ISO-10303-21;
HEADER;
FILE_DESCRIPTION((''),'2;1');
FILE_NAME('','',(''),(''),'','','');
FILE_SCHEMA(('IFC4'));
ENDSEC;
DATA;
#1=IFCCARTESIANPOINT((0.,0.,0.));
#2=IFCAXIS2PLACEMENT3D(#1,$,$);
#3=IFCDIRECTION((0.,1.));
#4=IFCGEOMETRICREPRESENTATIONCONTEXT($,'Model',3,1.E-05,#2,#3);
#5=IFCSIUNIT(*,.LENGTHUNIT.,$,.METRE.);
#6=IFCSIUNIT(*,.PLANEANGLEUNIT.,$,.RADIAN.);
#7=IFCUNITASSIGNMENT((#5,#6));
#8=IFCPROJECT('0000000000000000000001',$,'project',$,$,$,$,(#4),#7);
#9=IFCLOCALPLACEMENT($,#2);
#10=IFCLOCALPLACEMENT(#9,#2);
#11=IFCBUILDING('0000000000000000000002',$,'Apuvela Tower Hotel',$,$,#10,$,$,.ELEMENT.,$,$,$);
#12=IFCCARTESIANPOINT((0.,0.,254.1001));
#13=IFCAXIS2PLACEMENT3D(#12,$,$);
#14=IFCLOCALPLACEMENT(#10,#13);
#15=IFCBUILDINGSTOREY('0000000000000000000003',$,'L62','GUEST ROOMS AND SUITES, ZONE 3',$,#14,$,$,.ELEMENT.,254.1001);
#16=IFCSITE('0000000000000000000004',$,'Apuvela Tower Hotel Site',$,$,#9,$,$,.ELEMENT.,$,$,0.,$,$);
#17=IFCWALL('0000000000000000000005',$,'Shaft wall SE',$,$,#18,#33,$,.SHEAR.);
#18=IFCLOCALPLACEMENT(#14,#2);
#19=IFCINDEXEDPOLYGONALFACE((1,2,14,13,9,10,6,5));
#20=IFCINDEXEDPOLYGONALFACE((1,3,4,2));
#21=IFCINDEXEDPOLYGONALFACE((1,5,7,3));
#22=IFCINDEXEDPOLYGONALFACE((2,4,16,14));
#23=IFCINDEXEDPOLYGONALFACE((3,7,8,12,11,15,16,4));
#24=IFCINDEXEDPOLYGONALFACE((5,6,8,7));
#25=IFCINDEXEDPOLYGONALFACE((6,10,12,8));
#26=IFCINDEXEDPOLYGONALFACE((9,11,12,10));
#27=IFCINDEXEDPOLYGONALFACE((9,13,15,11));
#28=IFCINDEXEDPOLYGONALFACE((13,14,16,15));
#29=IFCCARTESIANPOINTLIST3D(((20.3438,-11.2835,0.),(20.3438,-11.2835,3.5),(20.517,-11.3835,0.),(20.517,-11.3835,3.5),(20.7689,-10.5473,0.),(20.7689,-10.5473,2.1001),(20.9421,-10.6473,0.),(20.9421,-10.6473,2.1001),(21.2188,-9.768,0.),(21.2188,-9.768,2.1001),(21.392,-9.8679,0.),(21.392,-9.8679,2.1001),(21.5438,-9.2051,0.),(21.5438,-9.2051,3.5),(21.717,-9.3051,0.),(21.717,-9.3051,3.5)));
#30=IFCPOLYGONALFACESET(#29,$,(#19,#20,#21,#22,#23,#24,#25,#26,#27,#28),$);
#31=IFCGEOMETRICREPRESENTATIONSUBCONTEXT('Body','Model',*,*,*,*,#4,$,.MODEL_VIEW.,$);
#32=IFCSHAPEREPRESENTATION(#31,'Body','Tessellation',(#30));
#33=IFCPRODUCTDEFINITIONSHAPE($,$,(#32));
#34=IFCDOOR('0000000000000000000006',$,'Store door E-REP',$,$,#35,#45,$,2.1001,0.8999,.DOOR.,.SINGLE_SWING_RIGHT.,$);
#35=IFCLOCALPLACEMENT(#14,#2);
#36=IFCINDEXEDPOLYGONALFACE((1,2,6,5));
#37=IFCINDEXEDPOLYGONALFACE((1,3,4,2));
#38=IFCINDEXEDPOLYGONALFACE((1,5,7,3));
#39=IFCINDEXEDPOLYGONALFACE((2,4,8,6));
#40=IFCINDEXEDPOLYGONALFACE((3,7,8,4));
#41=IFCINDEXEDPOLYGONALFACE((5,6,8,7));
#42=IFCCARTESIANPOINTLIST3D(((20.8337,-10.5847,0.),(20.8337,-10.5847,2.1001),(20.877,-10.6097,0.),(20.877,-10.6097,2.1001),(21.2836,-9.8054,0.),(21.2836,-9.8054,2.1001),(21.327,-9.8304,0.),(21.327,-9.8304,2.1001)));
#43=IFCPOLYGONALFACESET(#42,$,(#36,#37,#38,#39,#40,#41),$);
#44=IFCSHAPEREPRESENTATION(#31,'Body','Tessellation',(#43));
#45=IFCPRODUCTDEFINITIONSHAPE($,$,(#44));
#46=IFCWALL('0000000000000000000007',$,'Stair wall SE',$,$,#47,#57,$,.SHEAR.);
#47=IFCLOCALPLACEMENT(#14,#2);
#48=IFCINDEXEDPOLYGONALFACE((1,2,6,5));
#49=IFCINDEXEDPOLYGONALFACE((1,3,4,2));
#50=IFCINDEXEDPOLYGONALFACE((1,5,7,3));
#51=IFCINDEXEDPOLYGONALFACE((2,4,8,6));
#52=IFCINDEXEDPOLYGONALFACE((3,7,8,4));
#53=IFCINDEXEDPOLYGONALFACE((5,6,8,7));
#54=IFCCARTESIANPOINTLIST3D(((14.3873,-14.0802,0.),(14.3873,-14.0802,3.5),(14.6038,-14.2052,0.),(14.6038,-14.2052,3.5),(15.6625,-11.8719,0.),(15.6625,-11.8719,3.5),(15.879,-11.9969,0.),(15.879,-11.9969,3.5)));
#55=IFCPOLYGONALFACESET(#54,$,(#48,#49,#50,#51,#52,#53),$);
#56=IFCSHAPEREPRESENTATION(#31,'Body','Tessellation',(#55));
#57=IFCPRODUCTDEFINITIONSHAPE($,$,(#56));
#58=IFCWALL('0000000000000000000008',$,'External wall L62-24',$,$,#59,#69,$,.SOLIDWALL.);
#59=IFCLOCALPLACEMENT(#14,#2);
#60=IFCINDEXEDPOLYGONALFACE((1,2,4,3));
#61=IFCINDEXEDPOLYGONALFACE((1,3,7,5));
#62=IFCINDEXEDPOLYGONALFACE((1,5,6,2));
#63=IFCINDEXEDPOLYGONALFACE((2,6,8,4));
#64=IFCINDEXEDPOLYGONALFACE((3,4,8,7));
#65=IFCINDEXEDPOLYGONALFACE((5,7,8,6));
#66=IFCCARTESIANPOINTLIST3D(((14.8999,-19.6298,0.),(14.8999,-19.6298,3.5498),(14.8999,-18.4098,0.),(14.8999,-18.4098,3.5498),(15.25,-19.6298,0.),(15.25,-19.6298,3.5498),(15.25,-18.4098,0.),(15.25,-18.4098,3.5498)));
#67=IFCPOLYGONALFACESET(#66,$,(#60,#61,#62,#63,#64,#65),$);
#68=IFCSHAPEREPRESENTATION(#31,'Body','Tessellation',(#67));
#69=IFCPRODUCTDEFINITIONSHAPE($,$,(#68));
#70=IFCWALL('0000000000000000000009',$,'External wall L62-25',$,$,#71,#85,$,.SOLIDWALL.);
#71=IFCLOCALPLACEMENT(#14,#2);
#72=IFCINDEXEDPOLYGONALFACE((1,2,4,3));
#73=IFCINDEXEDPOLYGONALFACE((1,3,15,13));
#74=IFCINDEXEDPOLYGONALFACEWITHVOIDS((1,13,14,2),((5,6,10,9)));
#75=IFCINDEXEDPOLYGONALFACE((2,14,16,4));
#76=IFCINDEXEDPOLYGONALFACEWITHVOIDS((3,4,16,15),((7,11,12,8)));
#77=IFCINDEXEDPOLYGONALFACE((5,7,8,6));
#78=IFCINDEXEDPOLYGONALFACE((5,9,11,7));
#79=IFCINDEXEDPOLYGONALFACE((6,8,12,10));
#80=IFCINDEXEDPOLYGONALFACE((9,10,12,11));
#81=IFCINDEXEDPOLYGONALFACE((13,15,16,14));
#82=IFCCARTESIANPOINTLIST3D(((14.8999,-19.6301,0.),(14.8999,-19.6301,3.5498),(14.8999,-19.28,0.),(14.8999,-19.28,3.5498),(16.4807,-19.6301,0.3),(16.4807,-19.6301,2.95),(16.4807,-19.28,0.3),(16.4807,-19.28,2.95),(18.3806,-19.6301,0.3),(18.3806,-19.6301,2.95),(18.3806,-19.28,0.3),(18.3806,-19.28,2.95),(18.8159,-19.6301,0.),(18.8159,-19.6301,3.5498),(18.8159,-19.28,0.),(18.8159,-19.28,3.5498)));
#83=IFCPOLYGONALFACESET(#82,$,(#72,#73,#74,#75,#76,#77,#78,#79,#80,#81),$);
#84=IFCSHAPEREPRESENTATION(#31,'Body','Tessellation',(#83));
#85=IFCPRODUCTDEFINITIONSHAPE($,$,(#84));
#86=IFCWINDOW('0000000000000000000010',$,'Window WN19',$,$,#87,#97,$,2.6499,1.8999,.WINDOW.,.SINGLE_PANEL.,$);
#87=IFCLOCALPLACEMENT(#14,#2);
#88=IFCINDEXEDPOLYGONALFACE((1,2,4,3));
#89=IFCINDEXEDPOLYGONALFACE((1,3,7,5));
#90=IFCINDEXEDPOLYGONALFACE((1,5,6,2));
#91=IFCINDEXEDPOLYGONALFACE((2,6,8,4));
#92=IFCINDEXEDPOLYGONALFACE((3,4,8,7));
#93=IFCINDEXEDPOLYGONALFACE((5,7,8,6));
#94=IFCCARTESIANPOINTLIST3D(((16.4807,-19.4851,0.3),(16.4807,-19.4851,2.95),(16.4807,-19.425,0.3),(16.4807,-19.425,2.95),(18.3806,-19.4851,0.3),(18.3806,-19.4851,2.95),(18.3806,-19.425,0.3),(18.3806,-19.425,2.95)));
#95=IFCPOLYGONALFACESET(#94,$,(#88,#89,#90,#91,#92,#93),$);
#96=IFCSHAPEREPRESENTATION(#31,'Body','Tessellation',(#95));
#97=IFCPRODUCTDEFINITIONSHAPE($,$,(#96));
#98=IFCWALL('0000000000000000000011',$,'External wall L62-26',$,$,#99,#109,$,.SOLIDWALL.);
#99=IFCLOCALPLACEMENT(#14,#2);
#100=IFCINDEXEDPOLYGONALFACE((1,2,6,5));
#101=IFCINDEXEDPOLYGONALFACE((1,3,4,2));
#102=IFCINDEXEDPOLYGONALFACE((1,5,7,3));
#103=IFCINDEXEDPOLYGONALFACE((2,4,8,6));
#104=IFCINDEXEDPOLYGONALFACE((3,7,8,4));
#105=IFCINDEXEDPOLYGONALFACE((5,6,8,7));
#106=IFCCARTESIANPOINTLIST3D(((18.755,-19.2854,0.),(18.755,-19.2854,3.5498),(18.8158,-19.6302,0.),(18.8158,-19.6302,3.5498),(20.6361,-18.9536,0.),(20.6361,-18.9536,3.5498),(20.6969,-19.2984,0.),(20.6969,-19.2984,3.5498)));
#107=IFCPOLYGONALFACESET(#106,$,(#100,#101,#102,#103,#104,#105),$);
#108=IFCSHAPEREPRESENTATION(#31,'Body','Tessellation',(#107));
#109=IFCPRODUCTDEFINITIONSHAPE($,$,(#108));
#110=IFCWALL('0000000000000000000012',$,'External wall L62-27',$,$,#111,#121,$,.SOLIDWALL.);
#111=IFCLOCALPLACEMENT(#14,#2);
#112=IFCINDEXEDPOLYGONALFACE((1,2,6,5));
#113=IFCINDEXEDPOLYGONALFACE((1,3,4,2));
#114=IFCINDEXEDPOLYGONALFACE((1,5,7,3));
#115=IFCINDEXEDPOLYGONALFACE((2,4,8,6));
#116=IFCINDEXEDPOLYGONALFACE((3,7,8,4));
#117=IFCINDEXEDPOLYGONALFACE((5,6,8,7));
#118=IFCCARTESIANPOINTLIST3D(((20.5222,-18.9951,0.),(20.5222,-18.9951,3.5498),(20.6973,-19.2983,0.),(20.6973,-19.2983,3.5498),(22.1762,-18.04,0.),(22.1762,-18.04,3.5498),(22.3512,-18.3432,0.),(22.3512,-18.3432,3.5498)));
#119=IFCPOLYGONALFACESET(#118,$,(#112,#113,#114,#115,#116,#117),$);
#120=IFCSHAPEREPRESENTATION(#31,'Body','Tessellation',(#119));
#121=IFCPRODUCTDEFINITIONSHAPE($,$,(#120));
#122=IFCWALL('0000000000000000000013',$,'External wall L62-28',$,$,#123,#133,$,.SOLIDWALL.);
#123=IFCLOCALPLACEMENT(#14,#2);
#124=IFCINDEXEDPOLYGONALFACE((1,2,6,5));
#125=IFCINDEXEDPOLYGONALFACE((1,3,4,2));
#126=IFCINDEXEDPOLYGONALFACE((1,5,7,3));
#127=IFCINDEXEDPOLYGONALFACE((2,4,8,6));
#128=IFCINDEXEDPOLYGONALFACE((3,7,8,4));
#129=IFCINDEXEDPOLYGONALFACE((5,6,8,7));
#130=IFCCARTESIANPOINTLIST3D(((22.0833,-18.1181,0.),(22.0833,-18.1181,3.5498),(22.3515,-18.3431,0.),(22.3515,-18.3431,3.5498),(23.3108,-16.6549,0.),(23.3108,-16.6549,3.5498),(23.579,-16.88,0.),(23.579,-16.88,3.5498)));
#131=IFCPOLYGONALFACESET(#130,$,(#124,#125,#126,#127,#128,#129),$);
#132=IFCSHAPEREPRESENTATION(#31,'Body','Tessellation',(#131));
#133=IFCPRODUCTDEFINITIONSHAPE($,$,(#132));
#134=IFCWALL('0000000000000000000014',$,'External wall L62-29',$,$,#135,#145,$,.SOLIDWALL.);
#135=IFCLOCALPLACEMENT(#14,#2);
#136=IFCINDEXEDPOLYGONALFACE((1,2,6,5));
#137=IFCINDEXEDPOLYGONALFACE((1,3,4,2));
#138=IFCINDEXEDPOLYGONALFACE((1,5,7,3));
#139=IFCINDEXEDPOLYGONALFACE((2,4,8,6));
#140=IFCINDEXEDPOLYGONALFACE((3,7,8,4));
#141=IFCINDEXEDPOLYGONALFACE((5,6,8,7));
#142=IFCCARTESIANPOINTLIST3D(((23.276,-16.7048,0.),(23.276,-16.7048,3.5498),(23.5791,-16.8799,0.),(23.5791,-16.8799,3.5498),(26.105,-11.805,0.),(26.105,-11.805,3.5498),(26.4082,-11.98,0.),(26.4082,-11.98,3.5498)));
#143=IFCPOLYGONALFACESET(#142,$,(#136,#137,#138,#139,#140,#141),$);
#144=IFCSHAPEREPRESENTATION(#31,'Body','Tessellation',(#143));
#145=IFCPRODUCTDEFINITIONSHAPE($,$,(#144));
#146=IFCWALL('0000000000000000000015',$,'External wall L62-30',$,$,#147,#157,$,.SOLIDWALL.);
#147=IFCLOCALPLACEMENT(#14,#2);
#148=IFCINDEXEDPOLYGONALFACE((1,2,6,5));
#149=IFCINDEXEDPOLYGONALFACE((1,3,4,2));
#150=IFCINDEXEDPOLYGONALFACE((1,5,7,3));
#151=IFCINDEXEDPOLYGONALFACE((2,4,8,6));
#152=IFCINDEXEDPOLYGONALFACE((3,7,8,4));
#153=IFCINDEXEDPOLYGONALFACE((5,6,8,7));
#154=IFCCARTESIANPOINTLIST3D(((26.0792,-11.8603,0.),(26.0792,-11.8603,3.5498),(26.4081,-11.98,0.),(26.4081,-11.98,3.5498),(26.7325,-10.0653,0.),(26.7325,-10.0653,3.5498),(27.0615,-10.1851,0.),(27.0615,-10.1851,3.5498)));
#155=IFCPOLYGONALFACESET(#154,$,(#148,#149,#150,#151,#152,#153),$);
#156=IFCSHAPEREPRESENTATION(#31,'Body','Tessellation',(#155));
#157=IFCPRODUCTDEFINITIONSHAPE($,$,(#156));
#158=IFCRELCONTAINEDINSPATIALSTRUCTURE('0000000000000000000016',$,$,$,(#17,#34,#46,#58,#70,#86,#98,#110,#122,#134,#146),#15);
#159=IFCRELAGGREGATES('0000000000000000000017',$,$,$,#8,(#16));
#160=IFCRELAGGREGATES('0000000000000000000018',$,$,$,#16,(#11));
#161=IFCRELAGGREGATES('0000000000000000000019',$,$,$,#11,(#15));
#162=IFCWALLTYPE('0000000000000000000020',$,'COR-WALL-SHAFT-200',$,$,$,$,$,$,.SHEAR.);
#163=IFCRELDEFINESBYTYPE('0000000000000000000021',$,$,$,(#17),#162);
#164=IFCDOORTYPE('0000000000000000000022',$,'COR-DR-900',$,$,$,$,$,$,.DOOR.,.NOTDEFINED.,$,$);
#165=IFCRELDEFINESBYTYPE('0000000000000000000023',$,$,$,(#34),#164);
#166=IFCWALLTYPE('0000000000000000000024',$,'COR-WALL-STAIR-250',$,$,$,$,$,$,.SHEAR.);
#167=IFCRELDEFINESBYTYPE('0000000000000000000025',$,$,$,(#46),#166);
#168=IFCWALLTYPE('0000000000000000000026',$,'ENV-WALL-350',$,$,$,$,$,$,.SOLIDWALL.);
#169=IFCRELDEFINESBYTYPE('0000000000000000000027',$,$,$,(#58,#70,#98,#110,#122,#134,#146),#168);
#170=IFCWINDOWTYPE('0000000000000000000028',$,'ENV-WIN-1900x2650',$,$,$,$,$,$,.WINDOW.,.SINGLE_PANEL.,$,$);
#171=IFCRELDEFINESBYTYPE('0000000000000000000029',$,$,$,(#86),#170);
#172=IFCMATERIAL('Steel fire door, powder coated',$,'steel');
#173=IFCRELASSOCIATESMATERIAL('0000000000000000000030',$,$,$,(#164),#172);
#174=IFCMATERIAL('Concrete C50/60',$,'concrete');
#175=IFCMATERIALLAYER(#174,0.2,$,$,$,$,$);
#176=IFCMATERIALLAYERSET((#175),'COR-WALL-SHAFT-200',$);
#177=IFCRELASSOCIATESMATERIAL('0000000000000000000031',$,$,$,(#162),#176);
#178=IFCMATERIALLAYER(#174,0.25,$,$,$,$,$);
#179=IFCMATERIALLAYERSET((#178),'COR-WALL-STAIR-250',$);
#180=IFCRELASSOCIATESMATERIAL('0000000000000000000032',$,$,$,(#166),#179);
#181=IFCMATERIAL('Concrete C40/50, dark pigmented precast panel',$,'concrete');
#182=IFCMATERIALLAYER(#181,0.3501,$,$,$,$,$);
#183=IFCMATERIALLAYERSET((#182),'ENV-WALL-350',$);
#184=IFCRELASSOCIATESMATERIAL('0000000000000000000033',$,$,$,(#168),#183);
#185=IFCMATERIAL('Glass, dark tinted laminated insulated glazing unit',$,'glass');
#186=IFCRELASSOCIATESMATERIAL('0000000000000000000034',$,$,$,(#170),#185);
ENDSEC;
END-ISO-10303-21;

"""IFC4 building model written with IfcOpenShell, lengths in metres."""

from ifc_helpers import new_model, si_unit, direction, frame, frame_2d, origin, place, context, subcontext, project, spatial, rectangle, extrude, material, layer, layer_set, type_object, element, fill, save


model = new_model("IFC4")

# Units and contexts
model_context = context("Model", 3, precision=1e-05, world=origin(), true_north=direction((0.0, 1.0)))
body_context = subcontext(model_context, "Body", "Model", "MODEL_VIEW")
ifc_project = project(units=[si_unit("LENGTHUNIT", "METRE"), si_unit("PLANEANGLEUNIT", "RADIAN")], contexts=[model_context])

# Site, building, storey
site_placement = place(None, origin())
site = spatial("IfcSite", under=ifc_project, at=site_placement, Name="Apuvela Tower Hotel Site", CompositionType="ELEMENT", RefElevation=0.0)
building_placement = place(site_placement, origin())
building = spatial("IfcBuilding", under=site, at=building_placement, Name="Apuvela Tower Hotel", CompositionType="ELEMENT")
storey_placement = place(building_placement, frame((0.0, 0.0, 254.1001)))
storey = spatial("IfcBuildingStorey", under=building, at=storey_placement, Name="L62", Description="GUEST ROOMS AND SUITES, ZONE 3", CompositionType="ELEMENT", Elevation=254.1001)

# Shared definitions
ifc_material_1 = material(Name="Steel fire door, powder coated", Category="steel")
door_type_1 = type_object("IfcDoorType", Name="COR-DR-900", OperationType="NOTDEFINED", PredefinedType="DOOR", material=ifc_material_1)

# Shared definitions
ifc_material_2 = material(Name="Concrete C50/60", Category="concrete")
ifc_layer_1 = layer(ifc_material_2, 0.2)
ifc_layer_set_1 = layer_set([ifc_layer_1], Name="COR-WALL-SHAFT-200")
wall_type_1 = type_object("IfcWallType", Name="COR-WALL-SHAFT-200", PredefinedType="SHEAR", material=ifc_layer_set_1)

# Wall, opening, door
wall_1_placement = place(storey_placement, frame((20.4304, -11.3335, 0.0), z_axis=(0.0, 0.0, 1.0), x_axis=(0.500001, 0.866025, 0.0)))
wall_1 = element("IfcWall", 1, at=wall_1_placement, inside=storey, type_object=wall_type_1, Name="Shaft wall SE", PredefinedType="SHEAR", context=body_context, shape_type="SweptSolid", body=[
    extrude(rectangle(XDim=2.3999, YDim=0.2, at=frame_2d((1.2, 0.0))), origin(), (0.0, 0.0, 1.0), 3.5),
])
opening_1_placement = place(wall_1_placement, frame((0.8501, 0.0, 0.0)))
opening_1 = element("IfcOpeningElement", 2, at=opening_1_placement, cuts=wall_1, PredefinedType="OPENING", context=body_context, shape_type="SweptSolid", body=[
    extrude(rectangle(XDim=0.8999, YDim=2.1001, at=frame_2d((0.45, 1.05))), frame((0.0, 0.1099, 0.0), z_axis=(0.0, -1.0, 0.0), x_axis=(1.0, 0.0, 0.0)), (0.0, 0.0, 1.0), 0.22),
])
door_1_placement = place(opening_1_placement, frame((0.8999, 0.0, 0.0), z_axis=(0.0, 0.0, 1.0), x_axis=(-1.0, 0.0, 0.0)))
door_1 = element("IfcDoor", 3, at=door_1_placement, inside=storey, type_object=door_type_1, Name="Store door E-REP", OperationType="SINGLE_SWING_RIGHT", OverallHeight=2.1001, OverallWidth=0.8999, PredefinedType="DOOR", context=body_context, shape_type="SweptSolid", body=[
    extrude(rectangle(XDim=0.8999, YDim=2.1001, at=frame_2d((0.45, 1.05))), frame((0.0, 0.0249, 0.0), z_axis=(0.0, -1.0, 0.0), x_axis=(1.0, 0.0, 0.0)), (0.0, 0.0, 1.0), 0.05),
])
fill(opening_1, door_1)

# Walls
ifc_layer_2 = layer(ifc_material_2, 0.25)
ifc_layer_set_2 = layer_set([ifc_layer_2], Name="COR-WALL-STAIR-250")
wall_type_2 = type_object("IfcWallType", Name="COR-WALL-STAIR-250", PredefinedType="SHEAR", material=ifc_layer_set_2)
wall_2_placement = place(storey_placement, frame((14.4956, -14.1426, 0.0), z_axis=(0.0, 0.0, 1.0), x_axis=(0.500062, 0.865989, 0.0)))
element("IfcWall", 4, at=wall_2_placement, inside=storey, type_object=wall_type_2, Name="Stair wall SE", PredefinedType="SHEAR", context=body_context, shape_type="SweptSolid", body=[
    extrude(rectangle(XDim=2.55, YDim=0.25, at=frame_2d((1.2749, 0.0))), origin(), (0.0, 0.0, 1.0), 3.5),
])
ifc_material_3 = material(Name="Concrete C40/50, dark pigmented precast panel", Category="concrete")
ifc_layer_3 = layer(ifc_material_3, 0.3501)
ifc_layer_set_3 = layer_set([ifc_layer_3], Name="ENV-WALL-350")
wall_type_3 = type_object("IfcWallType", Name="ENV-WALL-350", PredefinedType="SOLIDWALL", material=ifc_layer_set_3)
wall_3_placement = place(storey_placement, frame((15.075, -18.4099, 0.0), z_axis=(0.0, 0.0, 1.0), x_axis=(0.0, -1.0, 0.0)))
element("IfcWall", 5, at=wall_3_placement, inside=storey, type_object=wall_type_3, Name="External wall L62-24", PredefinedType="SOLIDWALL", context=body_context, shape_type="SweptSolid", body=[
    extrude(rectangle(XDim=1.22, YDim=0.3501, at=frame_2d((0.6099, 0.0))), origin(), (0.0, 0.0, 1.0), 3.5498),
])

# Wall, opening, window
wall_4_placement = place(storey_placement, frame((14.8999, -19.4551, 0.0), z_axis=(0.0, 0.0, 1.0), x_axis=(1.0, 0.0, 0.0)))
wall_4 = element("IfcWall", 6, at=wall_4_placement, inside=storey, type_object=wall_type_3, Name="External wall L62-25", PredefinedType="SOLIDWALL", context=body_context, shape_type="SweptSolid", body=[
    extrude(rectangle(XDim=3.916, YDim=0.3501, at=frame_2d((1.958, 0.0))), origin(), (0.0, 0.0, 1.0), 3.5498),
])
opening_2_placement = place(wall_4_placement, frame((1.5808, 0.0, 0.3)))
opening_2 = element("IfcOpeningElement", 7, at=opening_2_placement, cuts=wall_4, PredefinedType="OPENING", context=body_context, shape_type="SweptSolid", body=[
    extrude(rectangle(XDim=1.8999, YDim=2.6499, at=frame_2d((0.95, 1.325))), frame((0.0, 0.1851, 0.0), z_axis=(0.0, -1.0, 0.0), x_axis=(1.0, 0.0, 0.0)), (0.0, 0.0, 1.0), 0.3701),
])
ifc_material_4 = material(Name="Glass, dark tinted laminated insulated glazing unit", Category="glass")
window_type = type_object("IfcWindowType", Name="ENV-WIN-1900x2650", PartitioningType="SINGLE_PANEL", PredefinedType="WINDOW", material=ifc_material_4)
window_placement = place(opening_2_placement, origin())
window = element("IfcWindow", 8, at=window_placement, inside=storey, type_object=window_type, Name="Window WN19", OverallHeight=2.6499, OverallWidth=1.8999, PartitioningType="SINGLE_PANEL", PredefinedType="WINDOW", context=body_context, shape_type="SweptSolid", body=[
    extrude(rectangle(XDim=1.8999, YDim=2.6499, at=frame_2d((0.95, 1.325))), frame((0.0, 0.03, 0.0), z_axis=(0.0, -1.0, 0.0), x_axis=(1.0, 0.0, 0.0)), (0.0, 0.0, 1.0), 0.0601),
])
fill(opening_2, window)

# Walls
wall_5_placement = place(storey_placement, frame((18.7854, -19.4578, 0.0), z_axis=(0.0, 0.0, 1.0), x_axis=(0.984799, 0.173698, 0.0)))
element("IfcWall", 9, at=wall_5_placement, inside=storey, type_object=wall_type_3, Name="External wall L62-26", PredefinedType="SOLIDWALL", context=body_context, shape_type="SweptSolid", body=[
    extrude(rectangle(XDim=1.9102, YDim=0.3501, at=frame_2d((0.9551, 0.0))), origin(), (0.0, 0.0, 1.0), 3.5498),
])
for number, where, z_axis, x_axis, name in (
    (10, (20.6096, -19.1467, 0.0), (0.0, 0.0, 1.0), (0.866, 0.500043, 0.0), "External wall L62-27"),
    (11, (22.2173, -18.2307, 0.0), (0.0, 0.0, 1.0), (0.642733, 0.76609, 0.0), "External wall L62-28"),
):
    element("IfcWall", number, at=place(storey_placement, frame(where, z_axis=z_axis, x_axis=x_axis)), inside=storey, type_object=wall_type_3, Name=name, PredefinedType="SOLIDWALL", context=body_context, shape_type="SweptSolid", body=[
        extrude(rectangle(XDim=1.9099, YDim=0.3501, at=frame_2d((0.9551, 0.0))), origin(), (0.0, 0.0, 1.0), 3.5498),
    ])
wall_6_placement = place(storey_placement, frame((23.4275, -16.7925, 0.0), z_axis=(0.0, 0.0, 1.0), x_axis=(0.500019, 0.866015, 0.0)))
element("IfcWall", 12, at=wall_6_placement, inside=storey, type_object=wall_type_3, Name="External wall L62-29", PredefinedType="SOLIDWALL", context=body_context, shape_type="SweptSolid", body=[
    extrude(rectangle(XDim=5.658, YDim=0.3501, at=frame_2d((2.8291, 0.0))), origin(), (0.0, 0.0, 1.0), 3.5498),
])
wall_7_placement = place(storey_placement, frame((26.2437, -11.9202, 0.0), z_axis=(0.0, 0.0, 1.0), x_axis=(0.34203, 0.939689, 0.0)))
element("IfcWall", 13, at=wall_7_placement, inside=storey, type_object=wall_type_3, Name="External wall L62-30", PredefinedType="SOLIDWALL", context=body_context, shape_type="SweptSolid", body=[
    extrude(rectangle(XDim=1.9102, YDim=0.3501, at=frame_2d((0.9551, 0.0))), origin(), (0.0, 0.0, 1.0), 3.5498),
])

save(model, "model.ifc")
